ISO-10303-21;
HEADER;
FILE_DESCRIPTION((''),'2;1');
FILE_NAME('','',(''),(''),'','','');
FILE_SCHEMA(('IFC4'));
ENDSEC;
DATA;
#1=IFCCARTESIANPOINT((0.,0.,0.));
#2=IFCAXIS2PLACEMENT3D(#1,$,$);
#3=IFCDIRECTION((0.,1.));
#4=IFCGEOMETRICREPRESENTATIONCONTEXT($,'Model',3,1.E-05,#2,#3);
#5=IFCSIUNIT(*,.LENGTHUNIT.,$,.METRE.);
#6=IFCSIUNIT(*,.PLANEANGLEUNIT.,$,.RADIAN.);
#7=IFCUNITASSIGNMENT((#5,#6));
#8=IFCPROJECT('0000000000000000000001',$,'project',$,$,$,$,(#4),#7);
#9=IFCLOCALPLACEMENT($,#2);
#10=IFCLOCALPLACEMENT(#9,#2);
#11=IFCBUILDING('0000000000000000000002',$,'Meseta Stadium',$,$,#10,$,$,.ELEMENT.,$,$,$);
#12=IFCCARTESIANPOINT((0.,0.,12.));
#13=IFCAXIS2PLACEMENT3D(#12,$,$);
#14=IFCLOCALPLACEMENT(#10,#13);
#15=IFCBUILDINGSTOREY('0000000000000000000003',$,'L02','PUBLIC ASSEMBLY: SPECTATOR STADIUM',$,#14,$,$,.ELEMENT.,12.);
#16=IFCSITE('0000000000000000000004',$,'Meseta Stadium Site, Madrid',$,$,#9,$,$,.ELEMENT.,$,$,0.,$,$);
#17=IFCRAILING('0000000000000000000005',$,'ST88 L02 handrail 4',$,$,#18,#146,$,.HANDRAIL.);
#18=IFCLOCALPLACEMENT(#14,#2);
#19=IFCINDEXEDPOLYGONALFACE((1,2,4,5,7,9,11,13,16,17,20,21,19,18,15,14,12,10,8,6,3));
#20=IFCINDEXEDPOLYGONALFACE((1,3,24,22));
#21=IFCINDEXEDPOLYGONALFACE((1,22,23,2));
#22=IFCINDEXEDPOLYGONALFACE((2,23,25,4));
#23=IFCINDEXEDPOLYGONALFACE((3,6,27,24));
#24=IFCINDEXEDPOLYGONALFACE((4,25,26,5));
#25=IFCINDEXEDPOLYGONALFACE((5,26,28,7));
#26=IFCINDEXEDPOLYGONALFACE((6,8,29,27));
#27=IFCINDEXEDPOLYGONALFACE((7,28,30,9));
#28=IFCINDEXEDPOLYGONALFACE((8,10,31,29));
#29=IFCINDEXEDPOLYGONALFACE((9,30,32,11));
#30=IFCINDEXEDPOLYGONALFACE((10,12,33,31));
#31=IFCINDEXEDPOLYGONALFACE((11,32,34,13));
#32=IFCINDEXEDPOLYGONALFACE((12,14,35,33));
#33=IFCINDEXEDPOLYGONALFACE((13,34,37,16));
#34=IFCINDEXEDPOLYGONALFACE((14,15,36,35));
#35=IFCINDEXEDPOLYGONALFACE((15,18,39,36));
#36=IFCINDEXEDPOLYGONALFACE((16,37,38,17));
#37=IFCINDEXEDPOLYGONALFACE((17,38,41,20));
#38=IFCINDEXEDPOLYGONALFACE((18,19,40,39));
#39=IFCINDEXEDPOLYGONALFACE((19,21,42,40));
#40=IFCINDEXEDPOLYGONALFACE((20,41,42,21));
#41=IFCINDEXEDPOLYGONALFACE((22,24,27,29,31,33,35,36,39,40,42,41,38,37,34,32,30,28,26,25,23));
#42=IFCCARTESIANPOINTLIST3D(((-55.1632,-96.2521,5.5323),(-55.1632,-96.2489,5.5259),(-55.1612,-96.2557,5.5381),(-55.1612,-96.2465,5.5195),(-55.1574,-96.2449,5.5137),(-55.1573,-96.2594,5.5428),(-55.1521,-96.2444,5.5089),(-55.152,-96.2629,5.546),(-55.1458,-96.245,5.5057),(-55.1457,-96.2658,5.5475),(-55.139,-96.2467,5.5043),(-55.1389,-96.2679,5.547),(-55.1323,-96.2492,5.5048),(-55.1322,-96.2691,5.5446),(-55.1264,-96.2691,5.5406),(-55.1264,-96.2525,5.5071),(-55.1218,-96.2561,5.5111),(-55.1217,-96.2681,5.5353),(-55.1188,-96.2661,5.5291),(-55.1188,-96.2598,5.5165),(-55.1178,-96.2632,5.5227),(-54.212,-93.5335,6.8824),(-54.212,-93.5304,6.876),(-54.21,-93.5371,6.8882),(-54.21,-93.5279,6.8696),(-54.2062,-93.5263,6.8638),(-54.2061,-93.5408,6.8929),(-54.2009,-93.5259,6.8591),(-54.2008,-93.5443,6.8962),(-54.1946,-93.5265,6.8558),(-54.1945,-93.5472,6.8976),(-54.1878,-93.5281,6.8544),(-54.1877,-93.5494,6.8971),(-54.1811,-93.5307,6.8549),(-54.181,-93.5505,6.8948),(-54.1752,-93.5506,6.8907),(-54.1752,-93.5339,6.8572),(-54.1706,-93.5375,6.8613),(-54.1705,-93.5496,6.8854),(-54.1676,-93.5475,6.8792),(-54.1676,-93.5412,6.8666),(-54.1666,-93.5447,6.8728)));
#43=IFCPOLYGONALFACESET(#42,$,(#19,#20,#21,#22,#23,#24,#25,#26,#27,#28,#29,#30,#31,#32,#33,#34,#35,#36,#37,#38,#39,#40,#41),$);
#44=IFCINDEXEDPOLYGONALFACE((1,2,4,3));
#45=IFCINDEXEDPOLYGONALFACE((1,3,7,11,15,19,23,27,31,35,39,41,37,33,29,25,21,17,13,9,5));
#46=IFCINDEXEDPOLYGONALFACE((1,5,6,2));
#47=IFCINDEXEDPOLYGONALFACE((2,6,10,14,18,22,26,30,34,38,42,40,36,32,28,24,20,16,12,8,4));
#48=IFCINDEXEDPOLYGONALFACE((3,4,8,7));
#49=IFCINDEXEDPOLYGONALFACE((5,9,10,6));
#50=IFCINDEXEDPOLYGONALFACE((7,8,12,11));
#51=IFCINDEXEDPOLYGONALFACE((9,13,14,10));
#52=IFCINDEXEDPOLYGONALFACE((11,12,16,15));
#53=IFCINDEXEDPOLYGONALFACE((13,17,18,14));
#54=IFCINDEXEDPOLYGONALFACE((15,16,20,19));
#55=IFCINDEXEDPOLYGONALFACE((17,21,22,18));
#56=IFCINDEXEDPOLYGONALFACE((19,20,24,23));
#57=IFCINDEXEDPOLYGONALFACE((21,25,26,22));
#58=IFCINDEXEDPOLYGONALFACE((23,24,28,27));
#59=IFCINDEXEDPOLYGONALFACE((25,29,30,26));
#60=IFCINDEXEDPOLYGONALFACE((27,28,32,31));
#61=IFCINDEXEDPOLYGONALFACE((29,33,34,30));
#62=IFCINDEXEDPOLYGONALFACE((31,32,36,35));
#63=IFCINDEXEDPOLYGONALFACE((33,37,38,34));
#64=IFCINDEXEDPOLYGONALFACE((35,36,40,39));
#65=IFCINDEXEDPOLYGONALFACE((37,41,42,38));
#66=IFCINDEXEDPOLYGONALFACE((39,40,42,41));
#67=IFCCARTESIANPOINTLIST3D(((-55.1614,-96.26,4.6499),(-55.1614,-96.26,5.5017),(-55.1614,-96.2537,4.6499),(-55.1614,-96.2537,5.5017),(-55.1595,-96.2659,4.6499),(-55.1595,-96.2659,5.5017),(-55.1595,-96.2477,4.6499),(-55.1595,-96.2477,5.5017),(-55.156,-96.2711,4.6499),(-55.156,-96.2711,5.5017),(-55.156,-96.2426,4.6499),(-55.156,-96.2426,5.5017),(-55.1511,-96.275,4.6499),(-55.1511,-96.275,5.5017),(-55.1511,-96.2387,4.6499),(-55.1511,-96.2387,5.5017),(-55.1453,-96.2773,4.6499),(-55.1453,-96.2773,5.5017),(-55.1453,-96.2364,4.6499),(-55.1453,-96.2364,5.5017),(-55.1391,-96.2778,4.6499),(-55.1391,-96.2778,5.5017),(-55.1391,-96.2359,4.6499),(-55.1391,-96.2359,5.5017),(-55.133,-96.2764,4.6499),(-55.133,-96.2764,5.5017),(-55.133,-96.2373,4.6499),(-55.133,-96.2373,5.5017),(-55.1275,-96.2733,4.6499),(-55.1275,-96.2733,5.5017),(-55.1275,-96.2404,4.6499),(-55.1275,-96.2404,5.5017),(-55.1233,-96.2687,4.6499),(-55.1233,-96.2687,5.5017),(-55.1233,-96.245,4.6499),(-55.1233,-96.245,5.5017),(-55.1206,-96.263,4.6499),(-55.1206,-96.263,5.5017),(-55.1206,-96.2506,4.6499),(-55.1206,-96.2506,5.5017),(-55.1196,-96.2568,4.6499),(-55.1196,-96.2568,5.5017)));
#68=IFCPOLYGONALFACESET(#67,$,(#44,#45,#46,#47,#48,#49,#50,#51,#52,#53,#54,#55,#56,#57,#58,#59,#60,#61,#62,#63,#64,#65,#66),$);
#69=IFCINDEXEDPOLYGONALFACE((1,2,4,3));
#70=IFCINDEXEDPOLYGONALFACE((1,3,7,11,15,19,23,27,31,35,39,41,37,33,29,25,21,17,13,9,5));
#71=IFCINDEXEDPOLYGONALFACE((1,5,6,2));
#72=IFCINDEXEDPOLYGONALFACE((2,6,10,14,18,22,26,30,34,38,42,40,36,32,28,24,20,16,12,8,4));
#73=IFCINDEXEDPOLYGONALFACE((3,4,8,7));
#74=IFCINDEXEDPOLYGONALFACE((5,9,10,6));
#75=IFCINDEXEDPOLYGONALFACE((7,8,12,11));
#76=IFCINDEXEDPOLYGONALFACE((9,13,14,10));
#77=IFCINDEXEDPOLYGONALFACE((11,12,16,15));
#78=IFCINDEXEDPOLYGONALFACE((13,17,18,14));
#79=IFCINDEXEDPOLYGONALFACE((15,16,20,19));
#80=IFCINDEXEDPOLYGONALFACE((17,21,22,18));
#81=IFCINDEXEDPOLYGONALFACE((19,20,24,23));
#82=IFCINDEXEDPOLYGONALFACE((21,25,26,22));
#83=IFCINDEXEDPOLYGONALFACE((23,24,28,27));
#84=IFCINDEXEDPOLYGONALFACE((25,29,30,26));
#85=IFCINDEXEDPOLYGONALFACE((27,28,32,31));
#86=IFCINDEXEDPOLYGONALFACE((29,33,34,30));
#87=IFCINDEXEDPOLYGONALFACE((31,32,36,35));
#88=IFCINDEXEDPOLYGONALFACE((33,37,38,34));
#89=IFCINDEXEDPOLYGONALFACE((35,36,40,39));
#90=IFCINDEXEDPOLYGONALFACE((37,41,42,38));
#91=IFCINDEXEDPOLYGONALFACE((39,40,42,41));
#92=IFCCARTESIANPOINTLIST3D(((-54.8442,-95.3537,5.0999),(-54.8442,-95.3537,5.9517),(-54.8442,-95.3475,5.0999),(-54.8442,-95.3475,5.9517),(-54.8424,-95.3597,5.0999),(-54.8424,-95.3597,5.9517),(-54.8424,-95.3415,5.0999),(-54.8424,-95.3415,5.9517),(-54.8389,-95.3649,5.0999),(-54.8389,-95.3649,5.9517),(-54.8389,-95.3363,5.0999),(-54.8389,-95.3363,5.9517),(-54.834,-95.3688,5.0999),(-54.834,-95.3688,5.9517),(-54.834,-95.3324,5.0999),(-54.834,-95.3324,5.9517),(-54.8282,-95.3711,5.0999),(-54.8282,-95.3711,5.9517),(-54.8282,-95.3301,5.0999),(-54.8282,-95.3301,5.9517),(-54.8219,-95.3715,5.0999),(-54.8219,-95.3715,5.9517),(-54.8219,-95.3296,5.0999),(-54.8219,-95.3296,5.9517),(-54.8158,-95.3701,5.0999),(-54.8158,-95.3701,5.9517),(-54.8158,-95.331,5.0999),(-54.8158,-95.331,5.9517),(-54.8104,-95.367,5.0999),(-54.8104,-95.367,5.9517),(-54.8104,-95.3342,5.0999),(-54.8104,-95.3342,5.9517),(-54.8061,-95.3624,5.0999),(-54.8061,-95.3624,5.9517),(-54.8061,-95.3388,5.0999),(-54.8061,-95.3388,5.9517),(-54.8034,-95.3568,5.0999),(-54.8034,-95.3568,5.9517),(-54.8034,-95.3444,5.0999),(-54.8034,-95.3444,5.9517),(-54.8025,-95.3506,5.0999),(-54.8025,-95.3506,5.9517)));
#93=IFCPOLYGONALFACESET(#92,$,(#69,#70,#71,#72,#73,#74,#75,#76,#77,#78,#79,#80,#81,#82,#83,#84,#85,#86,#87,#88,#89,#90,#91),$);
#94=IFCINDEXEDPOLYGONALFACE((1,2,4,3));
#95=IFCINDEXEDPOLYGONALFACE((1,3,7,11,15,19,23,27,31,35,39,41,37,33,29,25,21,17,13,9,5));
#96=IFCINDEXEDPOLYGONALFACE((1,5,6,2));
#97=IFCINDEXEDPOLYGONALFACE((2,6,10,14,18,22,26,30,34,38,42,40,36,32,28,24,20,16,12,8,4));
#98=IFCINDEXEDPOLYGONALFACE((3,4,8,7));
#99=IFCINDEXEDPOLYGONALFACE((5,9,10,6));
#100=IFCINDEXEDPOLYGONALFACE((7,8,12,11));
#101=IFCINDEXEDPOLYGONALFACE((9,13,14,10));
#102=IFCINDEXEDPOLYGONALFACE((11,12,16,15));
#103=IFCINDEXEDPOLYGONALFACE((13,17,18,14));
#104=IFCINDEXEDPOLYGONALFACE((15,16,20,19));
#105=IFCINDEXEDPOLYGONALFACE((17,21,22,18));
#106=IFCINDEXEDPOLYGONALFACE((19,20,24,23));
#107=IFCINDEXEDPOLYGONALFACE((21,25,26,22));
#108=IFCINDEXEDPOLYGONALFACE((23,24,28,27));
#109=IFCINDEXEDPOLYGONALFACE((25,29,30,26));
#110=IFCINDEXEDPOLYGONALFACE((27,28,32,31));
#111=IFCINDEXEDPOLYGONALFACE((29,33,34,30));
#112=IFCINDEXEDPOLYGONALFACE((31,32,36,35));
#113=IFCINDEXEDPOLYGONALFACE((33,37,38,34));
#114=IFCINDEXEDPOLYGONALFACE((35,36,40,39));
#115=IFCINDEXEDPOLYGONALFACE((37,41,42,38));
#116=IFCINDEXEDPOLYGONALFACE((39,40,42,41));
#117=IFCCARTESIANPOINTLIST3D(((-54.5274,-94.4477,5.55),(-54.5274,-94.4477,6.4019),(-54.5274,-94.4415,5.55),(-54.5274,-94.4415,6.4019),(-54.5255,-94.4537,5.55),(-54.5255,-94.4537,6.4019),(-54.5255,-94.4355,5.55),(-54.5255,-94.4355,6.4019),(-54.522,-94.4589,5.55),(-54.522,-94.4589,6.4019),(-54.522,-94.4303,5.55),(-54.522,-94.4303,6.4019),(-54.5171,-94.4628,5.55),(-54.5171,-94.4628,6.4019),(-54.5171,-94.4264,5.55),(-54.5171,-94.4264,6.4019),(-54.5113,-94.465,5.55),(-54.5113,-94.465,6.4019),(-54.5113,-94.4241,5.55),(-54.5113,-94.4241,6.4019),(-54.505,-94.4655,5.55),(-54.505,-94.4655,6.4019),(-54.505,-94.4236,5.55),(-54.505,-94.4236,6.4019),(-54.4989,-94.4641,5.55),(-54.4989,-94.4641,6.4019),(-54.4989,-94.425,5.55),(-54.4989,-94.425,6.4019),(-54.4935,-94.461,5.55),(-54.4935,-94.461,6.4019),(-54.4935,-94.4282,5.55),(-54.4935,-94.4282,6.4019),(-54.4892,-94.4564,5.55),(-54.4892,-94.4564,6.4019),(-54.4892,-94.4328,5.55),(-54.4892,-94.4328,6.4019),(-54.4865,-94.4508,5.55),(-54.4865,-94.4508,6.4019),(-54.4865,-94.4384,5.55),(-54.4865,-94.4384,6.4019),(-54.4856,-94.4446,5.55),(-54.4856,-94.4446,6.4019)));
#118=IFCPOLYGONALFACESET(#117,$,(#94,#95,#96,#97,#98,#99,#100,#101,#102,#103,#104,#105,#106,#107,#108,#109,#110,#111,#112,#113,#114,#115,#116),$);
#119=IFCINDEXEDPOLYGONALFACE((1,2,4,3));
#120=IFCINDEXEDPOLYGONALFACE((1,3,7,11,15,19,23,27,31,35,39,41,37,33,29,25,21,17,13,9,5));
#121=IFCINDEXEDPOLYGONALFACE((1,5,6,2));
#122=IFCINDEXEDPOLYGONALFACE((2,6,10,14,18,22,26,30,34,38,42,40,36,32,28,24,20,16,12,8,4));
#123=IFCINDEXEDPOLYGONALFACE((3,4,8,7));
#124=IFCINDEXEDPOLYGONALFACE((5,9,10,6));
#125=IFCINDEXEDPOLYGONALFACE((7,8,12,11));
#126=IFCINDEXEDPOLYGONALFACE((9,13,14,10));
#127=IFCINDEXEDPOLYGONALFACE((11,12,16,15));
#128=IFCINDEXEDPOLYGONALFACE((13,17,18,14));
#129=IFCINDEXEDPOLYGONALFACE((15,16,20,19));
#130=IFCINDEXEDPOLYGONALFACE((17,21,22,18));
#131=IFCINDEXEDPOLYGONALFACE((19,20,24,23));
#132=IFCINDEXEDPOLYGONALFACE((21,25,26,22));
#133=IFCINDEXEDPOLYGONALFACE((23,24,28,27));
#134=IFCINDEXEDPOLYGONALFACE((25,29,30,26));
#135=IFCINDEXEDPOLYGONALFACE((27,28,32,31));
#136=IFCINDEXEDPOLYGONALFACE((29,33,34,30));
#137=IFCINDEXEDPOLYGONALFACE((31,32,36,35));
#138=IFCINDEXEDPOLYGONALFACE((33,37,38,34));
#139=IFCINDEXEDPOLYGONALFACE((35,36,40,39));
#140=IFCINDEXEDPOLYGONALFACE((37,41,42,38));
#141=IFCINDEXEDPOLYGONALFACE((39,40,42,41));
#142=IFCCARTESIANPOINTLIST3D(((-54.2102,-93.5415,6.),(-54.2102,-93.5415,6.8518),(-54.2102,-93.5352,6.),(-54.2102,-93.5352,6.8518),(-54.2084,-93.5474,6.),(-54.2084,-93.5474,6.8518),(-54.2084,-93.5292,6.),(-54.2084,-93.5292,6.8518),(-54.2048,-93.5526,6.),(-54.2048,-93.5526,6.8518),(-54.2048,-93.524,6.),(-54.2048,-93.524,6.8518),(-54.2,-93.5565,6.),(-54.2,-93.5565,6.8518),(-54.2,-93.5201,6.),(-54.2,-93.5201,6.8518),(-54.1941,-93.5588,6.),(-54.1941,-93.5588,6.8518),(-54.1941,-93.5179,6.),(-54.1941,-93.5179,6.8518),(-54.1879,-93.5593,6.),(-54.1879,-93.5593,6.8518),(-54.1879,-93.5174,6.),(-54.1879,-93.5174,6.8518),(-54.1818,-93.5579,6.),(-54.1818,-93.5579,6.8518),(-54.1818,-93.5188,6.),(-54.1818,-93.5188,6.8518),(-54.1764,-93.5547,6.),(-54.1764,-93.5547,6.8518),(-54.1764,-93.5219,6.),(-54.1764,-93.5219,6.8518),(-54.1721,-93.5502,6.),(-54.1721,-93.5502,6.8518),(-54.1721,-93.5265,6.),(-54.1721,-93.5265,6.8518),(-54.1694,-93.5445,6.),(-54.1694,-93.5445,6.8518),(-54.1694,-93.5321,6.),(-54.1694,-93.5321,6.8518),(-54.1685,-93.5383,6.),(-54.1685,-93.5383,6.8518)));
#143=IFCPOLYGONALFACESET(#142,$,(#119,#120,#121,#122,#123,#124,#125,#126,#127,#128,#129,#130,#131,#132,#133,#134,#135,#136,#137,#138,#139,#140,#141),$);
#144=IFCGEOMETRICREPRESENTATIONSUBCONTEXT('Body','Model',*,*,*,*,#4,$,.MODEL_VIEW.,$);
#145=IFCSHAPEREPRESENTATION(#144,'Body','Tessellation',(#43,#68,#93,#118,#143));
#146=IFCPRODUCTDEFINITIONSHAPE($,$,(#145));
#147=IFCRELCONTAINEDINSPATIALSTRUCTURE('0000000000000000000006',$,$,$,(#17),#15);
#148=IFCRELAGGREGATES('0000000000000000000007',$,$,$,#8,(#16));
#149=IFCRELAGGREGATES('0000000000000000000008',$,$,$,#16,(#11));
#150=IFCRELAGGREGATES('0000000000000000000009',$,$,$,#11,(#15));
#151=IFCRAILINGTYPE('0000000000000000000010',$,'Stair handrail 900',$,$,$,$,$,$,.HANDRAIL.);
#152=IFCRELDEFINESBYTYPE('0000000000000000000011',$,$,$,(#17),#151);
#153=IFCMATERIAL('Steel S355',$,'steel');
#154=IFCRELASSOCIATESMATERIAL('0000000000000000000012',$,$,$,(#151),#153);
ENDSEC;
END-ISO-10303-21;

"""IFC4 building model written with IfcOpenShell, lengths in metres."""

from ifc_helpers import new_model, si_unit, direction, frame, origin, origin_2d, place, context, subcontext, project, spatial, circle, extrude, material, type_object, element, save


model = new_model("IFC4")

# Units and contexts
model_context = context("Model", 3, precision=1e-05, world=origin(), true_north=direction((0.0, 1.0)))
body_context = subcontext(model_context, "Body", "Model", "MODEL_VIEW")
ifc_project = project(units=[si_unit("LENGTHUNIT", "METRE"), si_unit("PLANEANGLEUNIT", "RADIAN")], contexts=[model_context])

# Site, building, storey
site_placement = place(None, origin())
site = spatial("IfcSite", under=ifc_project, at=site_placement, Name="Meseta Stadium Site, Madrid", CompositionType="ELEMENT", RefElevation=0.0)
building_placement = place(site_placement, origin())
building = spatial("IfcBuilding", under=site, at=building_placement, Name="Meseta Stadium", CompositionType="ELEMENT")
storey_placement = place(building_placement, frame((0.0, 0.0, 12.0)))
storey = spatial("IfcBuildingStorey", under=building, at=storey_placement, Name="L02", Description="PUBLIC ASSEMBLY: SPECTATOR STADIUM", CompositionType="ELEMENT", Elevation=12.0)

# Railing
ifc_material_1 = material(Name="Steel S355", Category="steel")
railing_type_1 = type_object("IfcRailingType", Name="Stair handrail 900", PredefinedType="HANDRAIL", material=ifc_material_1)
for number, where, name in (
    (1, (-55.1406, -96.2568, 4.6499), "ST88 L02 handrail 4"),
):
    element("IfcRailing", number, at=place(storey_placement, frame(where)), inside=storey, type_object=railing_type_1, Name=name, PredefinedType="HANDRAIL", context=body_context, shape_type="SweptSolid", body=[
        extrude(circle(Radius=0.0239, at=origin_2d()), frame((0.0, 0.0, 0.876), z_axis=(0.299031, 0.854649, 0.424446), x_axis=(-0.943891, 0.330256, 0.0)), (0.0, 0.0, 1.0), 3.1809),
        extrude(circle(Radius=0.021, at=origin_2d()), origin(), (0.0, 0.0, 1.0), 0.8518),
        extrude(circle(Radius=0.021, at=origin_2d()), frame((0.3171, 0.9062, 0.45)), (0.0, 0.0, 1.0), 0.8518),
        extrude(circle(Radius=0.021, at=origin_2d()), frame((0.634, 1.8123, 0.9001)), (0.0, 0.0, 1.0), 0.8518),
        extrude(circle(Radius=0.021, at=origin_2d()), frame((0.9512, 2.7185, 1.3501)), (0.0, 0.0, 1.0), 0.8518),
    ])

save(model, "model.ifc")
